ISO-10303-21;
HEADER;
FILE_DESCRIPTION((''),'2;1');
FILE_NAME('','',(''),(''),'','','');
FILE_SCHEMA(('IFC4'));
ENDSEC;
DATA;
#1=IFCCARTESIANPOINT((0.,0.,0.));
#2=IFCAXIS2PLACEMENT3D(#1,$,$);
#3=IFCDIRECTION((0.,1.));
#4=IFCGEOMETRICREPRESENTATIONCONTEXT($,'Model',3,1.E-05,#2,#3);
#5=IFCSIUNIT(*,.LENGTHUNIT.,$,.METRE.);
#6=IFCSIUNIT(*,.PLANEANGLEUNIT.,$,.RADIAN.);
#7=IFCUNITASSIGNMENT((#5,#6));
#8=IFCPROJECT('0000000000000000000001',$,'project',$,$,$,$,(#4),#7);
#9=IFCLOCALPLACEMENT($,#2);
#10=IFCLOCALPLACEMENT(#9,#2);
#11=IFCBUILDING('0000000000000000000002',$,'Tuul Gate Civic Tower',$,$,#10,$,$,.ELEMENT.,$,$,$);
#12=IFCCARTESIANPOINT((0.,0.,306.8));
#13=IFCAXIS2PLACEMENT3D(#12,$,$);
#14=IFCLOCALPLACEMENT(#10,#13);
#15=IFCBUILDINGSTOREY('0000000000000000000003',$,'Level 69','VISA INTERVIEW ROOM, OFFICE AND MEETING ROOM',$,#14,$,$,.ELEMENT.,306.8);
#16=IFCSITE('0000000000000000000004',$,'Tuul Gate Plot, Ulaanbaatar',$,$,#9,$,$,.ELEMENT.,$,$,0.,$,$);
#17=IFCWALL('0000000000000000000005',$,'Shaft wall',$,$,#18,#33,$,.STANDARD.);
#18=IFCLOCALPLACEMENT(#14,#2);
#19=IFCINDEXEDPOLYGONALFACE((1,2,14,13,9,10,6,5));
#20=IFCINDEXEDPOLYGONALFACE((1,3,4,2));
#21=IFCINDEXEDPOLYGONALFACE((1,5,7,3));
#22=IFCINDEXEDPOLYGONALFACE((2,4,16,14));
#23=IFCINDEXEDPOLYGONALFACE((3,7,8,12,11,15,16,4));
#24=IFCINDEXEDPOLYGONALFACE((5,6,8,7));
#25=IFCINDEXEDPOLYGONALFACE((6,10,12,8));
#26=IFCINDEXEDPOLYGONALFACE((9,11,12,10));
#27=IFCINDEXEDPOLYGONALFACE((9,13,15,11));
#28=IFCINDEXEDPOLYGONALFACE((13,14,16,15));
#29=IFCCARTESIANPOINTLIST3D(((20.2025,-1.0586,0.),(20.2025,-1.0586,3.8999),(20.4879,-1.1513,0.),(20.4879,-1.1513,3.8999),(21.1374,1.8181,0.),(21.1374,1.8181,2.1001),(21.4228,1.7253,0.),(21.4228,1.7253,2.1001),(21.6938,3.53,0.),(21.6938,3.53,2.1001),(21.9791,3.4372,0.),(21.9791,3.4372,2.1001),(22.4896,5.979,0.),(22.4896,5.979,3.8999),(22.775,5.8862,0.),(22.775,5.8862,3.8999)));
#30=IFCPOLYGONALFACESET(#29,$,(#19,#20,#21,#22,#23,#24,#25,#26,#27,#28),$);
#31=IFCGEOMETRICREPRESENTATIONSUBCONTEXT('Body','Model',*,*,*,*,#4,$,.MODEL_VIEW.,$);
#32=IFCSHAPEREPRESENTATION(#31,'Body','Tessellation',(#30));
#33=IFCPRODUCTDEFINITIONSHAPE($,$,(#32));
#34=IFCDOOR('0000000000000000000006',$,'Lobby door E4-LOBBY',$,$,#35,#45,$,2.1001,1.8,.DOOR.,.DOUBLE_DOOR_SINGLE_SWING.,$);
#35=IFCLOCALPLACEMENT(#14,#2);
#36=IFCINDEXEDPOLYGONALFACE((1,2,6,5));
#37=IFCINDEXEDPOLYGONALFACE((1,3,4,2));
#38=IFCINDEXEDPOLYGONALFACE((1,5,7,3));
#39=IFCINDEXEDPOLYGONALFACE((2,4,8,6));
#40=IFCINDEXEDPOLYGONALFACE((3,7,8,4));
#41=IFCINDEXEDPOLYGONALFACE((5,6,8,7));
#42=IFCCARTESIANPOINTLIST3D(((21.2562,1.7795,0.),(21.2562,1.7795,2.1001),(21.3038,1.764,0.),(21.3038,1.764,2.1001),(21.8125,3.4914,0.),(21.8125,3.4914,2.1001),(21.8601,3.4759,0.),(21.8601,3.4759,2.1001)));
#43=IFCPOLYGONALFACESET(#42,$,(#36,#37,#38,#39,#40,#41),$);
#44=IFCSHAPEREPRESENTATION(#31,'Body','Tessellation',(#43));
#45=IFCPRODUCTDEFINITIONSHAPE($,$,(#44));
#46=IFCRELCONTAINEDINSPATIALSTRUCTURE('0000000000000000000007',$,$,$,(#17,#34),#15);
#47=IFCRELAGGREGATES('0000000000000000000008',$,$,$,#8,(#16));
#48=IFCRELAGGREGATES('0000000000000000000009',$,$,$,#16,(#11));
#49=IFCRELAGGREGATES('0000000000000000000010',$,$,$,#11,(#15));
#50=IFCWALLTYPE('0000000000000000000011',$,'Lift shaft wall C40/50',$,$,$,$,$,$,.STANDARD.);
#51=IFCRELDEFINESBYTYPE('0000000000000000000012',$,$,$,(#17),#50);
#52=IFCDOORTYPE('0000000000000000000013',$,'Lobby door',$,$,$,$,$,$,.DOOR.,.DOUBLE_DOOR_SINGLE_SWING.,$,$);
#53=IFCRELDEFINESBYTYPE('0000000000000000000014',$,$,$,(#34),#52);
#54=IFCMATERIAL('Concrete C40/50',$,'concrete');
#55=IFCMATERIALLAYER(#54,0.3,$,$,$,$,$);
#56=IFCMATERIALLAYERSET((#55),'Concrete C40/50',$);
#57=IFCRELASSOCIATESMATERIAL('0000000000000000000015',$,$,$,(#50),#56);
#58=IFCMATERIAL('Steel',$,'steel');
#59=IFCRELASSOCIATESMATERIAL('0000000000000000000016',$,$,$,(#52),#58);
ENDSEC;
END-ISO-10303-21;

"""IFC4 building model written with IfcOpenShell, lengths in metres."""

from ifc_helpers import new_model, si_unit, direction, frame, frame_2d, origin, place, context, subcontext, project, spatial, rectangle, extrude, material, layer, layer_set, type_object, element, fill, save


model = new_model("IFC4")

# Units and contexts
model_context = context("Model", 3, precision=1e-05, world=origin(), true_north=direction((0.0, 1.0)))
body_context = subcontext(model_context, "Body", "Model", "MODEL_VIEW")
ifc_project = project(units=[si_unit("LENGTHUNIT", "METRE"), si_unit("PLANEANGLEUNIT", "RADIAN")], contexts=[model_context])

# Site, building, storey
site_placement = place(None, origin())
site = spatial("IfcSite", under=ifc_project, at=site_placement, Name="Tuul Gate Plot, Ulaanbaatar", CompositionType="ELEMENT", RefElevation=0.0)
building_placement = place(site_placement, origin())
building = spatial("IfcBuilding", under=site, at=building_placement, Name="Tuul Gate Civic Tower", CompositionType="ELEMENT")
storey_placement = place(building_placement, frame((0.0, 0.0, 306.8)))
storey = spatial("IfcBuildingStorey", under=building, at=storey_placement, Name="Level 69", Description="VISA INTERVIEW ROOM, OFFICE AND MEETING ROOM", CompositionType="ELEMENT", Elevation=306.8)

# Shared definitions
ifc_material_1 = material(Name="Concrete C40/50", Category="concrete")
ifc_layer_1 = layer(ifc_material_1, 0.3)
ifc_layer_set_1 = layer_set([ifc_layer_1], Name="Concrete C40/50")
wall_type_1 = type_object("IfcWallType", Name="Lift shaft wall C40/50", PredefinedType="STANDARD", material=ifc_layer_set_1)

# Wall, opening, door
wall_1_placement = place(storey_placement, frame((20.3452, -1.105, 0.0), z_axis=(0.0, 0.0, 1.0), x_axis=(0.309073, 0.951038, 0.0)))
wall_1 = element("IfcWall", 1, at=wall_1_placement, inside=storey, type_object=wall_type_1, Name="Shaft wall", PredefinedType="STANDARD", context=body_context, shape_type="SweptSolid", body=[
    extrude(rectangle(XDim=7.3999, YDim=0.3, at=frame_2d((3.7, 0.0))), origin(), (0.0, 0.0, 1.0), 3.8999),
])
opening_1_placement = place(wall_1_placement, frame((3.0249, 0.0, 0.0)))
opening_1 = element("IfcOpeningElement", 2, at=opening_1_placement, cuts=wall_1, PredefinedType="OPENING", context=body_context, shape_type="SweptSolid", body=[
    extrude(rectangle(XDim=1.8, YDim=2.1001, at=frame_2d((0.8999, 1.05))), frame((0.0, 0.1602, 0.0), z_axis=(0.0, -1.0, 0.0), x_axis=(1.0, 0.0, 0.0)), (0.0, 0.0, 1.0), 0.3201),
])
ifc_material_2 = material(Name="Steel", Category="steel")
door_type = type_object("IfcDoorType", Name="Lobby door", OperationType="DOUBLE_DOOR_SINGLE_SWING", PredefinedType="DOOR", material=ifc_material_2)
door_placement = place(opening_1_placement, frame((1.8, 0.0, 0.0), z_axis=(0.0, 0.0, 1.0), x_axis=(-1.0, 0.0, 0.0)))
door = element("IfcDoor", 3, at=door_placement, inside=storey, type_object=door_type, Name="Lobby door E4-LOBBY", OperationType="DOUBLE_DOOR_SINGLE_SWING", OverallHeight=2.1001, OverallWidth=1.8, PredefinedType="DOOR", context=body_context, shape_type="SweptSolid", body=[
    extrude(rectangle(XDim=1.8, YDim=2.1001, at=frame_2d((0.9001, 1.05))), frame((0.0, 0.0249, 0.0), z_axis=(0.0, -1.0, 0.0), x_axis=(1.0, 0.0, 0.0)), (0.0, 0.0, 1.0), 0.05),
])
fill(opening_1, door)

save(model, "model.ifc")
